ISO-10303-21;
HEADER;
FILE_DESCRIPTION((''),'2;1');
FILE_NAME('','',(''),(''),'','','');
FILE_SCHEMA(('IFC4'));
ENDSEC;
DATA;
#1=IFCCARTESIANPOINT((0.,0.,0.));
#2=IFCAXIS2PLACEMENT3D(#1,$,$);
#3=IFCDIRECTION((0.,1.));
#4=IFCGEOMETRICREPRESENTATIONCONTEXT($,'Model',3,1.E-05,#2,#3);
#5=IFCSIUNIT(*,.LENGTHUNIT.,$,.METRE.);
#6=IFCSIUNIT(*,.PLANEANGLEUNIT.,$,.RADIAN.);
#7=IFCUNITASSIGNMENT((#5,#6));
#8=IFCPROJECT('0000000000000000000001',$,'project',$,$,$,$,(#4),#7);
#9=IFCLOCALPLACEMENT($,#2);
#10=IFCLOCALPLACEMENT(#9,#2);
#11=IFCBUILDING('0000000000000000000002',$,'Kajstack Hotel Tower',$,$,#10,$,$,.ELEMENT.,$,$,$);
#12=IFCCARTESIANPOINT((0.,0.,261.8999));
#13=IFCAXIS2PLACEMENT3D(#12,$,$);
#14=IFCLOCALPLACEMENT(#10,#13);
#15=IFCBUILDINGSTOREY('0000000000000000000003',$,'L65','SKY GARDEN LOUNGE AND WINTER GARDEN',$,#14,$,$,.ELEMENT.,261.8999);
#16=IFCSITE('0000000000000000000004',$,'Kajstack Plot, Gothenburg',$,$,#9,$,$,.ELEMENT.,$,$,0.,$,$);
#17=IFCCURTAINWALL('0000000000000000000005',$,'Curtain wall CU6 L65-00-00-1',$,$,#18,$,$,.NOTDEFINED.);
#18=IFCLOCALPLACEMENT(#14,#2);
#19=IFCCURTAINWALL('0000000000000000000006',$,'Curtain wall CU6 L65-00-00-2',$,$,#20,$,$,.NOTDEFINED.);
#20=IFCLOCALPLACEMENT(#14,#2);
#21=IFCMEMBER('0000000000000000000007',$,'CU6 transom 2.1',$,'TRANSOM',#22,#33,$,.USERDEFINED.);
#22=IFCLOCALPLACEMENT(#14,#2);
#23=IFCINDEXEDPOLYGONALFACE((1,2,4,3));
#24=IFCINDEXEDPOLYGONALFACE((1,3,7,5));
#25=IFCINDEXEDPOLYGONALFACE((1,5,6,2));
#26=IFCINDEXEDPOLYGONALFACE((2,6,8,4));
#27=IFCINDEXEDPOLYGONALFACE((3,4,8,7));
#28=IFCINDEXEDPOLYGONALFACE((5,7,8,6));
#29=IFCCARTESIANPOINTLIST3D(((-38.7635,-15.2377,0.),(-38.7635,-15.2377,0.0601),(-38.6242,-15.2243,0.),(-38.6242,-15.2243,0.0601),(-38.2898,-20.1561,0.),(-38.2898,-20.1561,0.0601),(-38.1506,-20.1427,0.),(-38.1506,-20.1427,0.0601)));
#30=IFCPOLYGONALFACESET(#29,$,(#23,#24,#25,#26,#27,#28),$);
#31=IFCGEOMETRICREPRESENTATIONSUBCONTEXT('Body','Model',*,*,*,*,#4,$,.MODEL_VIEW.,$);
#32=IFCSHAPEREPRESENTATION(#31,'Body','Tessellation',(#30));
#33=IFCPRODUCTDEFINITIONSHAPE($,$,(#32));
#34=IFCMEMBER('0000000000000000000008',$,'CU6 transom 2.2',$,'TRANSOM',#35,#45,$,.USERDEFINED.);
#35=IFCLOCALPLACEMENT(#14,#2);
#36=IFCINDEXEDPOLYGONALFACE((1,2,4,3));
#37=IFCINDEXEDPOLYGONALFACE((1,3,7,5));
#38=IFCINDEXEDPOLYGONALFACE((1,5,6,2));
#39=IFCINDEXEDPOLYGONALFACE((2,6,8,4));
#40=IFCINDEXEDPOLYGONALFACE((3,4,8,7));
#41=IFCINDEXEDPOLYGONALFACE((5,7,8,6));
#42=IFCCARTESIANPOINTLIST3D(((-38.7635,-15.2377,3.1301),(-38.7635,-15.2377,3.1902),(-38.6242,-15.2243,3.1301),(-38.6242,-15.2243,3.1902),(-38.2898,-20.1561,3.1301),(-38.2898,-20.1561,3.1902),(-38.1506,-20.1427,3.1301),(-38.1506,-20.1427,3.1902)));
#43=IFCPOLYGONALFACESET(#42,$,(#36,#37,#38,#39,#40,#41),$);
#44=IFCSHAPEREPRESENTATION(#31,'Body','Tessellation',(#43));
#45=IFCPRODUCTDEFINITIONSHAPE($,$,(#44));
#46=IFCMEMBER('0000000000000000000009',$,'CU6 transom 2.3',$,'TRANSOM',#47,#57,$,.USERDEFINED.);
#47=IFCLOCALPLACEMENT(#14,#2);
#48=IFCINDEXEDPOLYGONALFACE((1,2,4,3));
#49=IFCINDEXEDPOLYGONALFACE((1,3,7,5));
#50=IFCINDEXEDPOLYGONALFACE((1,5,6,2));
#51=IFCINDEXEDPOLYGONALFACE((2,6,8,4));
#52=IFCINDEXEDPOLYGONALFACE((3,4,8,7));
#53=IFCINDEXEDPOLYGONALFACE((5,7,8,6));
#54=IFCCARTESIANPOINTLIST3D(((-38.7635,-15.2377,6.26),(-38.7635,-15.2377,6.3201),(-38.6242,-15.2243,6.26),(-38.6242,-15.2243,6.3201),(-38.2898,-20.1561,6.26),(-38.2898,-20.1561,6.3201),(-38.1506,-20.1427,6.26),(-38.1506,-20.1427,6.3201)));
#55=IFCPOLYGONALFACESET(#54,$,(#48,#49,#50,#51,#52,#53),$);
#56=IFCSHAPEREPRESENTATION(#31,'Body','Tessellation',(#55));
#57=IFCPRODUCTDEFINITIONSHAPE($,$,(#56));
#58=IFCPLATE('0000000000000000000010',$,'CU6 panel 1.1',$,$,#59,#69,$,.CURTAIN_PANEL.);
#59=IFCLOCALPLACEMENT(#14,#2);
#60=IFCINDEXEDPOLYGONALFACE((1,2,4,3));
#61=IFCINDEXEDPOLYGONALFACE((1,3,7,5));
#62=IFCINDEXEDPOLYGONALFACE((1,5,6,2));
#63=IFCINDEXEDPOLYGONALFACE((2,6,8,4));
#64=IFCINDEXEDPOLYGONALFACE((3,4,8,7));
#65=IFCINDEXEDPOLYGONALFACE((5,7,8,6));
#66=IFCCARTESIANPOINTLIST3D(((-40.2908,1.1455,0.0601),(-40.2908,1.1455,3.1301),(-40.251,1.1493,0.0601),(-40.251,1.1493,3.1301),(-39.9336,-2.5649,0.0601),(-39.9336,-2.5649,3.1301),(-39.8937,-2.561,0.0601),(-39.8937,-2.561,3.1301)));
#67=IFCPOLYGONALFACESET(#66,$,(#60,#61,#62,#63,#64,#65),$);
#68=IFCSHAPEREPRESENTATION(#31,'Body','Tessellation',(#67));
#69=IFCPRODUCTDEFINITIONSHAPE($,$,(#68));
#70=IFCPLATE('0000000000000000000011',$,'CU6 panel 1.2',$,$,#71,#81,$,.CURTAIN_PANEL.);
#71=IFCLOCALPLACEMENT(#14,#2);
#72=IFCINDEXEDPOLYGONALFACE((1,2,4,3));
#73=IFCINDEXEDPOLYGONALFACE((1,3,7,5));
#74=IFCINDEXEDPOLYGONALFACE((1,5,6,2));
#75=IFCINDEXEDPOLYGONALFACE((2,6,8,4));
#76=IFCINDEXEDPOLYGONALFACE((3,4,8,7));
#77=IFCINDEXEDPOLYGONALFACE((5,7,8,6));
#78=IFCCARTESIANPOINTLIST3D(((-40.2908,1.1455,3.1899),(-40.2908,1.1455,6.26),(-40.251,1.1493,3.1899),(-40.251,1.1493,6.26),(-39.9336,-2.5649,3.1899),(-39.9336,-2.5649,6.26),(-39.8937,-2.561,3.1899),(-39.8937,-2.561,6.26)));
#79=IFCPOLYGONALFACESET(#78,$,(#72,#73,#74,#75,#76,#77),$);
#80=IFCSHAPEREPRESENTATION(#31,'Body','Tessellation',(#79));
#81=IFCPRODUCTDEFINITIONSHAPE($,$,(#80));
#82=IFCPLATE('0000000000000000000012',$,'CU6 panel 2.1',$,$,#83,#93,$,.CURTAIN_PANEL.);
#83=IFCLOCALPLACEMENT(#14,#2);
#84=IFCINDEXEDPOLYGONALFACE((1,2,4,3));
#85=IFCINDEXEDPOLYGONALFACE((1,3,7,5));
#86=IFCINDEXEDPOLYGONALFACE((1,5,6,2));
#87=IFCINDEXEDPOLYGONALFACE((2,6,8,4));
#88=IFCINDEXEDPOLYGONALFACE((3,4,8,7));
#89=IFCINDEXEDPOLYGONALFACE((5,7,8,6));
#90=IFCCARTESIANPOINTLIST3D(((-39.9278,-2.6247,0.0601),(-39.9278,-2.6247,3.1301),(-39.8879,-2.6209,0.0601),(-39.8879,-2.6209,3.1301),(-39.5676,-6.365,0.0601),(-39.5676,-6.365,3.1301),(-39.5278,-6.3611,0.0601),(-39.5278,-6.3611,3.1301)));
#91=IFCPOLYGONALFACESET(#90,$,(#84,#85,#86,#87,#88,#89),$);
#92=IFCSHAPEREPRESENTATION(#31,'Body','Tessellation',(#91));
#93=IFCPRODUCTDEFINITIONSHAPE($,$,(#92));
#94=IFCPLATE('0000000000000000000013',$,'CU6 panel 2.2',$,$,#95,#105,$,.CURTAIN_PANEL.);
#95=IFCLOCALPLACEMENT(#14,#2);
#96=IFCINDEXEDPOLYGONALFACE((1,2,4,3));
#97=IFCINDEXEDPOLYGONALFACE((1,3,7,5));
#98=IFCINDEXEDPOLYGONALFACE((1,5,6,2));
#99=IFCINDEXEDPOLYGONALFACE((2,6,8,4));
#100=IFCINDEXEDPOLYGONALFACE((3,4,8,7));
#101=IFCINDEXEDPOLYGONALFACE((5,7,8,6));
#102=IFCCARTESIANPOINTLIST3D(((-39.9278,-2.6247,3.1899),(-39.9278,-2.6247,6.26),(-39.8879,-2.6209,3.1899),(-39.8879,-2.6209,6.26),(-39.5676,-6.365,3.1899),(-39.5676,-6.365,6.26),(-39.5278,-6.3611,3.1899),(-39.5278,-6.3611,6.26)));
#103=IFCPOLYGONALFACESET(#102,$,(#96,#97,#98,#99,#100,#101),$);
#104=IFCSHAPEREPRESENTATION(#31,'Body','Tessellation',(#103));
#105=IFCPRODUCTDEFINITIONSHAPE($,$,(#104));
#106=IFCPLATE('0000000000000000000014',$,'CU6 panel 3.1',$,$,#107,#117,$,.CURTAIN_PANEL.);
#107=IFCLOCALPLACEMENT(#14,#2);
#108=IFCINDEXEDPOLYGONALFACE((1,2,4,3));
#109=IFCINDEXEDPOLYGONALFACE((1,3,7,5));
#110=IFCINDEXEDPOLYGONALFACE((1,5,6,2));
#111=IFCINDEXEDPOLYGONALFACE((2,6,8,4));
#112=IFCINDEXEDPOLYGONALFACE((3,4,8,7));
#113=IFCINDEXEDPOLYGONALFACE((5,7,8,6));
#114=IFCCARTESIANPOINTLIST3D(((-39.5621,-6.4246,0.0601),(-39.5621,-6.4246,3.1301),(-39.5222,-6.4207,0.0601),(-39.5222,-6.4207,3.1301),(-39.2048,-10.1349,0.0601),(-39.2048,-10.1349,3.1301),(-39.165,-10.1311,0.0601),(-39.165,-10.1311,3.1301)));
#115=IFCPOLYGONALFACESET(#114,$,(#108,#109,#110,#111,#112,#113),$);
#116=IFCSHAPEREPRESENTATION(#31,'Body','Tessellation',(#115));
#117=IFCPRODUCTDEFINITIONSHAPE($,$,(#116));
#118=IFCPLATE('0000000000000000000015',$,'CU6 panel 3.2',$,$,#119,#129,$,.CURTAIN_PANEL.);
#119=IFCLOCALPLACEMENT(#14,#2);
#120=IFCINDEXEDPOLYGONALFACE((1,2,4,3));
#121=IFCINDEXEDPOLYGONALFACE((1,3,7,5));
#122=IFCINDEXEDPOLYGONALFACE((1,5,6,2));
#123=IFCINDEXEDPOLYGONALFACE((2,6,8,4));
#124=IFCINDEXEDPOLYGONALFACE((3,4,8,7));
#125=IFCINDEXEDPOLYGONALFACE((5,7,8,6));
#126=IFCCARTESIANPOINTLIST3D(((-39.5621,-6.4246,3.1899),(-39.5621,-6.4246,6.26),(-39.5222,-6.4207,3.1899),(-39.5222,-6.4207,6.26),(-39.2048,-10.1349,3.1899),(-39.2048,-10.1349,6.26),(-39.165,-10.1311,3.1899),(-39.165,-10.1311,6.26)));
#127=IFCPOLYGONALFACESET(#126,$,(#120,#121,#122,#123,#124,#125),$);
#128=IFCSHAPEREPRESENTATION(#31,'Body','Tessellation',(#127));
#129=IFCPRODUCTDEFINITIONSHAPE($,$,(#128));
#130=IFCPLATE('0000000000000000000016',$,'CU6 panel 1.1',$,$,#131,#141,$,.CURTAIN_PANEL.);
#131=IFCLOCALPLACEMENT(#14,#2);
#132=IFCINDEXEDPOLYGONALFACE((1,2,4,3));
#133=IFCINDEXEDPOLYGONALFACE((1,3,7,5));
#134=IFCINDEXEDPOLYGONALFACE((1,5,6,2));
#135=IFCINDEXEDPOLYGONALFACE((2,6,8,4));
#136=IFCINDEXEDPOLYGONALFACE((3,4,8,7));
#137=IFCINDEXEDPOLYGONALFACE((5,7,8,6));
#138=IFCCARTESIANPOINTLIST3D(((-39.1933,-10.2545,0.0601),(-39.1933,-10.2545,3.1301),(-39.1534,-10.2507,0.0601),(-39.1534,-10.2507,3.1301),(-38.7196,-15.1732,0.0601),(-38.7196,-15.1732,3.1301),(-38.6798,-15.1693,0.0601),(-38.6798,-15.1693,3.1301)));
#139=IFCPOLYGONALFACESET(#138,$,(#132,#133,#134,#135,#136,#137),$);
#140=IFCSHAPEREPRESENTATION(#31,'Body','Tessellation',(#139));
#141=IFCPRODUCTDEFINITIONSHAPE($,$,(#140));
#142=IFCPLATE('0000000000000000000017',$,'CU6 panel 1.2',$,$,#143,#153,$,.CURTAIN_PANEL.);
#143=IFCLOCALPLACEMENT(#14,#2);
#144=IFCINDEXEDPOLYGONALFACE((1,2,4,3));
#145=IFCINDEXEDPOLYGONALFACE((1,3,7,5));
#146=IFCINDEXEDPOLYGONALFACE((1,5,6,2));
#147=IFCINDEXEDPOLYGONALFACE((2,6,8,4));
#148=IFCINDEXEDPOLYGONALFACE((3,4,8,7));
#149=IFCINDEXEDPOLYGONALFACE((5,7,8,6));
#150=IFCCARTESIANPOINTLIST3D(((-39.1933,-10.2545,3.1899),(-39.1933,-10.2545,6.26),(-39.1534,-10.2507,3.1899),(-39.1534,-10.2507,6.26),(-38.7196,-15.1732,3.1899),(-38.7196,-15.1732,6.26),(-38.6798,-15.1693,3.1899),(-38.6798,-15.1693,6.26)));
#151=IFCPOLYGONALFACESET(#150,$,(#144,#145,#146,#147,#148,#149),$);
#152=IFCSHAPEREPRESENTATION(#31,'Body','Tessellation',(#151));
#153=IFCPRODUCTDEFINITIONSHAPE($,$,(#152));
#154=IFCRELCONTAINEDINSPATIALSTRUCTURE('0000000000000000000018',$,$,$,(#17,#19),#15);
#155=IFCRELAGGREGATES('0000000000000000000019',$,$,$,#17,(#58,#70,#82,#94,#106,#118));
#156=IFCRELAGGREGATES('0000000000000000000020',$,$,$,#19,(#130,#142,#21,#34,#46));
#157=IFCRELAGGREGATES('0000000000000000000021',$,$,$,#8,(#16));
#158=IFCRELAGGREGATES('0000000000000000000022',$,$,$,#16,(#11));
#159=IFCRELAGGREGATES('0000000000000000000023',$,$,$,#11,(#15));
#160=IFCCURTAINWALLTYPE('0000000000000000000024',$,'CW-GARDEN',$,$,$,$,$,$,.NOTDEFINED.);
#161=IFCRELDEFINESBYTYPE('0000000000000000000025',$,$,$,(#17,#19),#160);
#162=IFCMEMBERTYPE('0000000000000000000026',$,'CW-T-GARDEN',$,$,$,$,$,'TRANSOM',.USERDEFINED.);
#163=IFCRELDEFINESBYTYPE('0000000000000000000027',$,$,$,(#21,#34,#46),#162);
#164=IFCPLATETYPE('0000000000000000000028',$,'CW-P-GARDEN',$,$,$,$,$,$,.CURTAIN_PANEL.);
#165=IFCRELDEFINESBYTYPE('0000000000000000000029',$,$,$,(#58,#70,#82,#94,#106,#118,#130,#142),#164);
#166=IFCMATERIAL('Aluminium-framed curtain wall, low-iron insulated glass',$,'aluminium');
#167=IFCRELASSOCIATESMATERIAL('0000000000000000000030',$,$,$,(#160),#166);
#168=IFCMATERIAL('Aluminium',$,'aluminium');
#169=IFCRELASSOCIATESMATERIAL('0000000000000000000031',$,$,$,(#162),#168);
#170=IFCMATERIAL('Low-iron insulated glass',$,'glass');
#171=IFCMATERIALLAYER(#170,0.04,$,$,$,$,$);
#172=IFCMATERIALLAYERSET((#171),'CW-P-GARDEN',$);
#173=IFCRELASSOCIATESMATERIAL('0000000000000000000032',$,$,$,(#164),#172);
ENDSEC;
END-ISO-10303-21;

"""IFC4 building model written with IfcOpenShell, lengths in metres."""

from ifc_helpers import new_model, si_unit, direction, frame, origin, origin_2d, place, context, subcontext, project, spatial, rectangle, extrude, material, layer, layer_set, material_profile, profile_set, type_object, element, aggregate, save


model = new_model("IFC4")

# Units and contexts
model_context = context("Model", 3, precision=1e-05, world=origin(), true_north=direction((0.0, 1.0)))
body_context = subcontext(model_context, "Body", "Model", "MODEL_VIEW")
ifc_project = project(units=[si_unit("LENGTHUNIT", "METRE"), si_unit("PLANEANGLEUNIT", "RADIAN")], contexts=[model_context])

# Site, building, storey
site_placement = place(None, origin())
site = spatial("IfcSite", under=ifc_project, at=site_placement, Name="Kajstack Plot, Gothenburg", CompositionType="ELEMENT", RefElevation=0.0)
building_placement = place(site_placement, origin())
building = spatial("IfcBuilding", under=site, at=building_placement, Name="Kajstack Hotel Tower", CompositionType="ELEMENT")
storey_placement = place(building_placement, frame((0.0, 0.0, 261.8999)))
storey = spatial("IfcBuildingStorey", under=building, at=storey_placement, Name="L65", Description="SKY GARDEN LOUNGE AND WINTER GARDEN", CompositionType="ELEMENT", Elevation=261.8999)

# Curtain walls
ifc_material_1 = material(Name="Aluminium-framed curtain wall, low-iron insulated glass", Category="aluminium")
curtain_wall_type = type_object("IfcCurtainWallType", Name="CW-GARDEN", PredefinedType="NOTDEFINED", material=ifc_material_1)
curtain_wall_1_placement = place(storey_placement, origin())
curtain_wall_1 = element("IfcCurtainWall", 1, at=curtain_wall_1_placement, inside=storey, type_object=curtain_wall_type, Name="Curtain wall CU6 L65-00-00-1", PredefinedType="NOTDEFINED")
ifc_material_2 = material(Name="Aluminium", Category="aluminium")
curtain_wall_2_placement = place(storey_placement, origin())
curtain_wall_2 = element("IfcCurtainWall", 2, at=curtain_wall_2_placement, inside=storey, type_object=curtain_wall_type, Name="Curtain wall CU6 L65-00-00-2", PredefinedType="NOTDEFINED")

# Members
ifc_material_profile_1 = material_profile(ifc_material_2, rectangle(XDim=0.1399, YDim=0.0601, at=origin_2d()), Name="Aluminium transom 140 x 60")
ifc_profile_set_1 = profile_set([ifc_material_profile_1], Name="Aluminium")
member_type_1 = type_object("IfcMemberType", Name="CW-T-GARDEN", ElementType="TRANSOM", PredefinedType="USERDEFINED", material=ifc_profile_set_1)
member_1_placement = place(storey_placement, frame((-38.6938, -15.231, 0.03), z_axis=(0.095854, -0.995395, 0.0), x_axis=(0.995395, 0.095854, 0.0)))
member_1 = element("IfcMember", 3, at=member_1_placement, type_object=member_type_1, Name="CU6 transom 2.1", ObjectType="TRANSOM", PredefinedType="USERDEFINED", context=body_context, shape_type="SweptSolid", body=[
    extrude(rectangle(XDim=0.1399, YDim=0.0601, at=origin_2d()), origin(), (0.0, 0.0, 1.0), 4.9412),
])
member_2_placement = place(storey_placement, frame((-38.6938, -15.231, 3.1602), z_axis=(0.095854, -0.995395, 0.0), x_axis=(0.995395, 0.095854, 0.0)))
member_2 = element("IfcMember", 4, at=member_2_placement, type_object=member_type_1, Name="CU6 transom 2.2", ObjectType="TRANSOM", PredefinedType="USERDEFINED", context=body_context, shape_type="SweptSolid", body=[
    extrude(rectangle(XDim=0.1399, YDim=0.0601, at=origin_2d()), origin(), (0.0, 0.0, 1.0), 4.9412),
])
member_3_placement = place(storey_placement, frame((-38.6938, -15.231, 6.29), z_axis=(0.095854, -0.995395, 0.0), x_axis=(0.995395, 0.095854, 0.0)))
member_3 = element("IfcMember", 5, at=member_3_placement, type_object=member_type_1, Name="CU6 transom 2.3", ObjectType="TRANSOM", PredefinedType="USERDEFINED", context=body_context, shape_type="SweptSolid", body=[
    extrude(rectangle(XDim=0.1399, YDim=0.0601, at=origin_2d()), origin(), (0.0, 0.0, 1.0), 4.9412),
])

# Plates
ifc_material_3 = material(Name="Low-iron insulated glass", Category="glass")
ifc_layer_1 = layer(ifc_material_3, 0.04)
ifc_layer_set_1 = layer_set([ifc_layer_1], Name="CW-P-GARDEN")
plate_type = type_object("IfcPlateType", Name="CW-P-GARDEN", PredefinedType="CURTAIN_PANEL", material=ifc_layer_set_1)
plate_1_placement = place(storey_placement, frame((-40.0923, -0.7078, 0.0601), z_axis=(0.0, 0.0, 1.0), x_axis=(0.095847, -0.995396, 0.0)))
plate_1 = element("IfcPlate", 6, at=plate_1_placement, type_object=plate_type, Name="CU6 panel 1.1", PredefinedType="CURTAIN_PANEL", context=body_context, shape_type="SweptSolid", body=[
    extrude(rectangle(XDim=3.7275, YDim=0.04, at=origin_2d()), origin(), (0.0, 0.0, 1.0), 3.0701),
])
plate_2_placement = place(storey_placement, frame((-40.0923, -0.7078, 3.1899), z_axis=(0.0, 0.0, 1.0), x_axis=(0.095847, -0.995396, 0.0)))
plate_2 = element("IfcPlate", 7, at=plate_2_placement, type_object=plate_type, Name="CU6 panel 1.2", PredefinedType="CURTAIN_PANEL", context=body_context, shape_type="SweptSolid", body=[
    extrude(rectangle(XDim=3.7275, YDim=0.04, at=origin_2d()), origin(), (0.0, 0.0, 1.0), 3.0701),
])
plate_3_placement = place(storey_placement, frame((-39.7278, -4.4929, 0.0601), z_axis=(0.0, 0.0, 1.0), x_axis=(0.095847, -0.995396, 0.0)))
plate_3 = element("IfcPlate", 8, at=plate_3_placement, type_object=plate_type, Name="CU6 panel 2.1", PredefinedType="CURTAIN_PANEL", context=body_context, shape_type="SweptSolid", body=[
    extrude(rectangle(XDim=3.7576, YDim=0.04, at=origin_2d()), origin(), (0.0, 0.0, 1.0), 3.0701),
])
plate_4_placement = place(storey_placement, frame((-39.7278, -4.4929, 3.1899), z_axis=(0.0, 0.0, 1.0), x_axis=(0.095847, -0.995396, 0.0)))
plate_4 = element("IfcPlate", 9, at=plate_4_placement, type_object=plate_type, Name="CU6 panel 2.2", PredefinedType="CURTAIN_PANEL", context=body_context, shape_type="SweptSolid", body=[
    extrude(rectangle(XDim=3.7576, YDim=0.04, at=origin_2d()), origin(), (0.0, 0.0, 1.0), 3.0701),
])
plate_5_placement = place(storey_placement, frame((-39.3635, -8.2778, 0.0601), z_axis=(0.0, 0.0, 1.0), x_axis=(0.095847, -0.995396, 0.0)))
plate_5 = element("IfcPlate", 10, at=plate_5_placement, type_object=plate_type, Name="CU6 panel 3.1", PredefinedType="CURTAIN_PANEL", context=body_context, shape_type="SweptSolid", body=[
    extrude(rectangle(XDim=3.7275, YDim=0.04, at=origin_2d()), origin(), (0.0, 0.0, 1.0), 3.0701),
])
plate_6_placement = place(storey_placement, frame((-39.3635, -8.2778, 3.1899), z_axis=(0.0, 0.0, 1.0), x_axis=(0.095847, -0.995396, 0.0)))
plate_6 = element("IfcPlate", 11, at=plate_6_placement, type_object=plate_type, Name="CU6 panel 3.2", PredefinedType="CURTAIN_PANEL", context=body_context, shape_type="SweptSolid", body=[
    extrude(rectangle(XDim=3.7275, YDim=0.04, at=origin_2d()), origin(), (0.0, 0.0, 1.0), 3.0701),
])
aggregate(curtain_wall_1, [plate_1, plate_2, plate_3, plate_4, plate_5, plate_6])
plate_7_placement = place(storey_placement, frame((-38.9365, -12.7119, 0.0601), z_axis=(0.0, 0.0, 1.0), x_axis=(0.095847, -0.995396, 0.0)))
plate_7 = element("IfcPlate", 12, at=plate_7_placement, type_object=plate_type, Name="CU6 panel 1.1", PredefinedType="CURTAIN_PANEL", context=body_context, shape_type="SweptSolid", body=[
    extrude(rectangle(XDim=4.9414, YDim=0.04, at=origin_2d()), origin(), (0.0, 0.0, 1.0), 3.0701),
])
plate_8_placement = place(storey_placement, frame((-38.9365, -12.7119, 3.1899), z_axis=(0.0, 0.0, 1.0), x_axis=(0.095847, -0.995396, 0.0)))
plate_8 = element("IfcPlate", 13, at=plate_8_placement, type_object=plate_type, Name="CU6 panel 1.2", PredefinedType="CURTAIN_PANEL", context=body_context, shape_type="SweptSolid", body=[
    extrude(rectangle(XDim=4.9414, YDim=0.04, at=origin_2d()), origin(), (0.0, 0.0, 1.0), 3.0701),
])
aggregate(curtain_wall_2, [plate_7, plate_8, member_1, member_2, member_3])

save(model, "model.ifc")
